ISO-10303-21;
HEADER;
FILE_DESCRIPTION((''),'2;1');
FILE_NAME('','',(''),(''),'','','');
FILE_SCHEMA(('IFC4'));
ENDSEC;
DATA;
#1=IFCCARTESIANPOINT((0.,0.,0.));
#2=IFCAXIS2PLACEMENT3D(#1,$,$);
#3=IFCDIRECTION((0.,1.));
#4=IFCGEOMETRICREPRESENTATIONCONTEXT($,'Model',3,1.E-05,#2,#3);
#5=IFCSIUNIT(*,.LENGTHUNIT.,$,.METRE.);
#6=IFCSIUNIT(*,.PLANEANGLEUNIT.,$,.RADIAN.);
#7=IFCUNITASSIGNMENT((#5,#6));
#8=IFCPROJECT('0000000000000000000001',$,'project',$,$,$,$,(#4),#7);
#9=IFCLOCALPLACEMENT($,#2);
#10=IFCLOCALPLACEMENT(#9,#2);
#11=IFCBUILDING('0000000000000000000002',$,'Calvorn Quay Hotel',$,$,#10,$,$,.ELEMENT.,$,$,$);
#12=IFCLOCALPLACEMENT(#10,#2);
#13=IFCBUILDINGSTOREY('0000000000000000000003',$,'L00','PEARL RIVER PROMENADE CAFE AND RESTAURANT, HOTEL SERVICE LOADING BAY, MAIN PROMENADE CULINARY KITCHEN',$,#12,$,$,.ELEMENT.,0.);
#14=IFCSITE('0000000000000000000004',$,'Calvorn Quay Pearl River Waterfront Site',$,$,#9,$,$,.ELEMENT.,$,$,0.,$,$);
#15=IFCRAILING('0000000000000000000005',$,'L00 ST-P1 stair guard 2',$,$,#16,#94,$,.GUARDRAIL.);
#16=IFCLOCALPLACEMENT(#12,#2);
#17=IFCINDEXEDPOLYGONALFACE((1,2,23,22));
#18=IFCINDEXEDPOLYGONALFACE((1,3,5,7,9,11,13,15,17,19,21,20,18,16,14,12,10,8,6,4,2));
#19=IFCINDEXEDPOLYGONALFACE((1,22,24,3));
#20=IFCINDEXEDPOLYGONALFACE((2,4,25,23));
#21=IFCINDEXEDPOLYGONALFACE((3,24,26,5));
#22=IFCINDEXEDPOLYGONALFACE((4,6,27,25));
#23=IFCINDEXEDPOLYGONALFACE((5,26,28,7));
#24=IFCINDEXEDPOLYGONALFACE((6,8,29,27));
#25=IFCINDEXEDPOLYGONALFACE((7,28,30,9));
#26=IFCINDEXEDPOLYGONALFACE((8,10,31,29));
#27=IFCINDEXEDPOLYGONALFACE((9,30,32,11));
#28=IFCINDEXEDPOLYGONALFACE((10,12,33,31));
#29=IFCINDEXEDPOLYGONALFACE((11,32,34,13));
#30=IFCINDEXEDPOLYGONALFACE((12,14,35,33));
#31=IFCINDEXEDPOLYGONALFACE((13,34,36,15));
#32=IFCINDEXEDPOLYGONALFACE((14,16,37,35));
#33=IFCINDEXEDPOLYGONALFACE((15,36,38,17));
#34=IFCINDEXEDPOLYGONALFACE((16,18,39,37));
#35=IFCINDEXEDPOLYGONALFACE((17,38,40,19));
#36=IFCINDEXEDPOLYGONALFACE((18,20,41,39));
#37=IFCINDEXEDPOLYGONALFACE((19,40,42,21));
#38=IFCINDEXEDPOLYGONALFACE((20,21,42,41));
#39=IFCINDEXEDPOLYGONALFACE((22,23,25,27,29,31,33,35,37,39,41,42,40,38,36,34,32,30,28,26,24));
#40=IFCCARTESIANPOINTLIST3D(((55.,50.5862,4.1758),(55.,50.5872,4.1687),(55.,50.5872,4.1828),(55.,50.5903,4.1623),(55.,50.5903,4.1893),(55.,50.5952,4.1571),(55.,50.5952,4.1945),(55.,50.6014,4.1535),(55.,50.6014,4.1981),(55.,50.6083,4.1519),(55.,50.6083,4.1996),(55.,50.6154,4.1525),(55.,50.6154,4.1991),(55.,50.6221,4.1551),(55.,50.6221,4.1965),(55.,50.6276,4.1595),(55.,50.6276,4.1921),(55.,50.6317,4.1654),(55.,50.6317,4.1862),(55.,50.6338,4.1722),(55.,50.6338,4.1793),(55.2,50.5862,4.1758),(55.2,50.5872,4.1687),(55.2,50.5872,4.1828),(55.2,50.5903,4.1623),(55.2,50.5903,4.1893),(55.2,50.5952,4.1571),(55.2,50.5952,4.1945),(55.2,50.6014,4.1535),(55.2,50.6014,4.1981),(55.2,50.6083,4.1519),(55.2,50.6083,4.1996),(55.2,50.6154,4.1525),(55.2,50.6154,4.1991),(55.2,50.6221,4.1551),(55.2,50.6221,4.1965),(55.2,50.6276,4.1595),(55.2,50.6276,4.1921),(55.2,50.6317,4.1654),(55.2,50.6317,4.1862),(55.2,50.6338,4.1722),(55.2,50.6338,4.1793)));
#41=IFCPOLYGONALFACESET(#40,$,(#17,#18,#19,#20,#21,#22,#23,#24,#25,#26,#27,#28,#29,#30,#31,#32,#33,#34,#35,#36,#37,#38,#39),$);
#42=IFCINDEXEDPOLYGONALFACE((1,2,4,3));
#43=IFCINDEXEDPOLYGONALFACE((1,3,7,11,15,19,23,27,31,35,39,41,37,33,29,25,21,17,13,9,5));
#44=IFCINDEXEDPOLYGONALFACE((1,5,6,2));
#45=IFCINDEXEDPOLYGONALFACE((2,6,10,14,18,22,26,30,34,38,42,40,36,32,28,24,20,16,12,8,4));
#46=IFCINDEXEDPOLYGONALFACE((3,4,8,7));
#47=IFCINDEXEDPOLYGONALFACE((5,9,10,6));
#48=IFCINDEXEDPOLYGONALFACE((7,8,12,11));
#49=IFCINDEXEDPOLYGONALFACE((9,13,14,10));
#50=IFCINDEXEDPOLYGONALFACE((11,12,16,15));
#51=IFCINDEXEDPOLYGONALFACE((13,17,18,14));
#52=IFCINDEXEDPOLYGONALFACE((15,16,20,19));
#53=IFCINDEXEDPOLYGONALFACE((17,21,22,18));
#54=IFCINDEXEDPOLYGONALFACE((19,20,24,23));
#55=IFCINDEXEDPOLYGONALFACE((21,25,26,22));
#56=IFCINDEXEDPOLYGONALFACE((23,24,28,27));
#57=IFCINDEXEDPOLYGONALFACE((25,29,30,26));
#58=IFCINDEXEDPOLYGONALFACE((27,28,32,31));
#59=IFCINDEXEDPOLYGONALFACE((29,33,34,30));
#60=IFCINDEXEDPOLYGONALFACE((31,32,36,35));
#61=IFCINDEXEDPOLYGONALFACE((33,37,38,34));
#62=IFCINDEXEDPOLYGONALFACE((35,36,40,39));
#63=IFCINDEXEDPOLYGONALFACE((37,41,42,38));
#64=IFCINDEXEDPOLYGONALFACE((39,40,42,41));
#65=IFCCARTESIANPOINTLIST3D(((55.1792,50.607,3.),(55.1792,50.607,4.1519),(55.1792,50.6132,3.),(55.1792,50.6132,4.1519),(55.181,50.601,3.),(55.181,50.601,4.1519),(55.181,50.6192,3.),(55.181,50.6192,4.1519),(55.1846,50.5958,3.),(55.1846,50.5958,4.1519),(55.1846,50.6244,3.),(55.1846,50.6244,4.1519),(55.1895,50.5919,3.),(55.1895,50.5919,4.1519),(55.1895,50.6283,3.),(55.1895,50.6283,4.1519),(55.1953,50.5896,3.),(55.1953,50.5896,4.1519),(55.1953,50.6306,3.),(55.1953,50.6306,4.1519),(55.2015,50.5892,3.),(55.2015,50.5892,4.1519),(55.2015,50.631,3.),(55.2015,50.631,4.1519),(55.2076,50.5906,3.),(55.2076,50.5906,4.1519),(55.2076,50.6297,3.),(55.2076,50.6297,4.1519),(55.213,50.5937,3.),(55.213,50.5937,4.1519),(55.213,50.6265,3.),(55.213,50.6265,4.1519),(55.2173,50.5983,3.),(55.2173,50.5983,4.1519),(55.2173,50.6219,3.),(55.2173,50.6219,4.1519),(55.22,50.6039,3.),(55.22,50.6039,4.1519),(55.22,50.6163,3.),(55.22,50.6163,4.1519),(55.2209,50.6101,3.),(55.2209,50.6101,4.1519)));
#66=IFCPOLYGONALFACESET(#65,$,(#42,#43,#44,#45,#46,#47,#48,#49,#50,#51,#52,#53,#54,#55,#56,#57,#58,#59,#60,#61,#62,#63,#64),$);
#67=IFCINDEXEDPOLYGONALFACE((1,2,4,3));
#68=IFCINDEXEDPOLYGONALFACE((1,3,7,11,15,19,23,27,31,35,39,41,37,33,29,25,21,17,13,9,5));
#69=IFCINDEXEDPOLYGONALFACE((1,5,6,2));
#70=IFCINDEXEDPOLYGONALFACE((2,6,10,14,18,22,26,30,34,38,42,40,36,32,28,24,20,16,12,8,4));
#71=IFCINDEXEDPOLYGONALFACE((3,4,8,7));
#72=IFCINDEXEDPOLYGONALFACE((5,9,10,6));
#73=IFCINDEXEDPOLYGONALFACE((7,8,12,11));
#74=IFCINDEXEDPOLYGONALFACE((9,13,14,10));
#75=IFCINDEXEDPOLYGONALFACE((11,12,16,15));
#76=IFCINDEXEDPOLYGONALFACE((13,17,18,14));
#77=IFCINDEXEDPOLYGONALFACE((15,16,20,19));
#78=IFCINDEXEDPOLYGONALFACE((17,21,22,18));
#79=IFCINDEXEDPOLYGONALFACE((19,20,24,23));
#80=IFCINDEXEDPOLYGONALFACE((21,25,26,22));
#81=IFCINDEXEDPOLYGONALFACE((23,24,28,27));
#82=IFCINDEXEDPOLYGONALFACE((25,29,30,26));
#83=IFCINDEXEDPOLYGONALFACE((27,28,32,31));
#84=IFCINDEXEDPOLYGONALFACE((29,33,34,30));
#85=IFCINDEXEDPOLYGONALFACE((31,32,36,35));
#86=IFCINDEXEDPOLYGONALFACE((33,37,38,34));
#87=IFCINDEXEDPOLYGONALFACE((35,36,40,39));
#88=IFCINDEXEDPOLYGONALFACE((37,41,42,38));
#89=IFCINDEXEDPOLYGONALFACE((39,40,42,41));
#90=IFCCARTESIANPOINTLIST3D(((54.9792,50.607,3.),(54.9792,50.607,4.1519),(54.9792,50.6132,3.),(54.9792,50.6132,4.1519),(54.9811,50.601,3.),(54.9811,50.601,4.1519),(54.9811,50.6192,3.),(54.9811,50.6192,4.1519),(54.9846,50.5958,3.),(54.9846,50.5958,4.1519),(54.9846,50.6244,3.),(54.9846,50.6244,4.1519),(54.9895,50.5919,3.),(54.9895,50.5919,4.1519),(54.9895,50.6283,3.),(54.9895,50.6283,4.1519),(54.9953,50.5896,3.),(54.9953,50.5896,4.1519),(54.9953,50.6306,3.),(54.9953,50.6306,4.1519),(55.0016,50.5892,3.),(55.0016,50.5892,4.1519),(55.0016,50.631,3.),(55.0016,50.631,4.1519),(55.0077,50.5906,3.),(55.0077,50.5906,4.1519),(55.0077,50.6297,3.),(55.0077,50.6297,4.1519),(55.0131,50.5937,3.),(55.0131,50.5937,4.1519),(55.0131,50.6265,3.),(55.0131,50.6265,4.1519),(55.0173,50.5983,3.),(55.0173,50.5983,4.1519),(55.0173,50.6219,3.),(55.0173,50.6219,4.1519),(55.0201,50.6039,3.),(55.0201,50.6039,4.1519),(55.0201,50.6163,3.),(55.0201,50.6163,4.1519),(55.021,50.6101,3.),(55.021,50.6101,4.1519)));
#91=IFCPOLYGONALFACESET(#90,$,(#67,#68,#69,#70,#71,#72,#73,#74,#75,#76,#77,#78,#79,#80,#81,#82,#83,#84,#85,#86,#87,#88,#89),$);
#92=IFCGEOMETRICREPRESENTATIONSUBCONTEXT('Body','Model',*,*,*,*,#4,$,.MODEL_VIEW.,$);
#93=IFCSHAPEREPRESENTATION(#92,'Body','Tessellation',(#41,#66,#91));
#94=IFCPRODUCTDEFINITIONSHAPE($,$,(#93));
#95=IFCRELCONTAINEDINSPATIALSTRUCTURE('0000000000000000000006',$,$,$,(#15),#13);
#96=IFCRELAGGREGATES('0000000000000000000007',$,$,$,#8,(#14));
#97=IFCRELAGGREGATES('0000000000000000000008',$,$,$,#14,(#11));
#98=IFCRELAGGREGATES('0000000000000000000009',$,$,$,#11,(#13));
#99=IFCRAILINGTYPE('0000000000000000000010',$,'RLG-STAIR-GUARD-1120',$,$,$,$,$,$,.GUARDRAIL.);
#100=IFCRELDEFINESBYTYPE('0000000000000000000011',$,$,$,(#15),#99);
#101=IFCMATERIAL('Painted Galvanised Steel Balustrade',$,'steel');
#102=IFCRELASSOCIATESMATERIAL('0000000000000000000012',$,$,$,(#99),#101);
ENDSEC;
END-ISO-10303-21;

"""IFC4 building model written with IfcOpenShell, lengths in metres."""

from ifc_helpers import new_model, si_unit, direction, frame, origin, origin_2d, place, context, subcontext, project, spatial, circle, extrude, material, type_object, element, save


model = new_model("IFC4")

# Units and contexts
model_context = context("Model", 3, precision=1e-05, world=origin(), true_north=direction((0.0, 1.0)))
body_context = subcontext(model_context, "Body", "Model", "MODEL_VIEW")
ifc_project = project(units=[si_unit("LENGTHUNIT", "METRE"), si_unit("PLANEANGLEUNIT", "RADIAN")], contexts=[model_context])

# Site, building, storey
site_placement = place(None, origin())
site = spatial("IfcSite", under=ifc_project, at=site_placement, Name="Calvorn Quay Pearl River Waterfront Site", CompositionType="ELEMENT", RefElevation=0.0)
building_placement = place(site_placement, origin())
building = spatial("IfcBuilding", under=site, at=building_placement, Name="Calvorn Quay Hotel", CompositionType="ELEMENT")
storey_placement = place(building_placement, origin())
storey = spatial("IfcBuildingStorey", under=building, at=storey_placement, Name="L00", Description="PEARL RIVER PROMENADE CAFE AND RESTAURANT, HOTEL SERVICE LOADING BAY, MAIN PROMENADE CULINARY KITCHEN", CompositionType="ELEMENT", Elevation=0.0)

# Railing
ifc_material_1 = material(Name="Painted Galvanised Steel Balustrade", Category="steel")
railing_type_1 = type_object("IfcRailingType", Name="RLG-STAIR-GUARD-1120", PredefinedType="GUARDRAIL", material=ifc_material_1)
railing_1_placement = place(storey_placement, frame((55.2, 50.6101, 3.0)))
element("IfcRailing", 1, at=railing_1_placement, inside=storey, type_object=railing_type_1, Name="L00 ST-P1 stair guard 2", PredefinedType="GUARDRAIL", context=body_context, shape_type="SweptSolid", body=[
    extrude(circle(Radius=0.0239, at=origin_2d()), frame((0.0, 0.0, 1.1758), z_axis=(-1.0, 0.0, 0.0), x_axis=(0.0, -1.0, 0.0)), (0.0, 0.0, 1.0), 0.2),
    extrude(circle(Radius=0.021, at=origin_2d()), origin(), (0.0, 0.0, 1.0), 1.1519),
    extrude(circle(Radius=0.021, at=origin_2d()), frame((-0.2, 0.0, 0.0)), (0.0, 0.0, 1.0), 1.1519),
])

save(model, "model.ifc")
